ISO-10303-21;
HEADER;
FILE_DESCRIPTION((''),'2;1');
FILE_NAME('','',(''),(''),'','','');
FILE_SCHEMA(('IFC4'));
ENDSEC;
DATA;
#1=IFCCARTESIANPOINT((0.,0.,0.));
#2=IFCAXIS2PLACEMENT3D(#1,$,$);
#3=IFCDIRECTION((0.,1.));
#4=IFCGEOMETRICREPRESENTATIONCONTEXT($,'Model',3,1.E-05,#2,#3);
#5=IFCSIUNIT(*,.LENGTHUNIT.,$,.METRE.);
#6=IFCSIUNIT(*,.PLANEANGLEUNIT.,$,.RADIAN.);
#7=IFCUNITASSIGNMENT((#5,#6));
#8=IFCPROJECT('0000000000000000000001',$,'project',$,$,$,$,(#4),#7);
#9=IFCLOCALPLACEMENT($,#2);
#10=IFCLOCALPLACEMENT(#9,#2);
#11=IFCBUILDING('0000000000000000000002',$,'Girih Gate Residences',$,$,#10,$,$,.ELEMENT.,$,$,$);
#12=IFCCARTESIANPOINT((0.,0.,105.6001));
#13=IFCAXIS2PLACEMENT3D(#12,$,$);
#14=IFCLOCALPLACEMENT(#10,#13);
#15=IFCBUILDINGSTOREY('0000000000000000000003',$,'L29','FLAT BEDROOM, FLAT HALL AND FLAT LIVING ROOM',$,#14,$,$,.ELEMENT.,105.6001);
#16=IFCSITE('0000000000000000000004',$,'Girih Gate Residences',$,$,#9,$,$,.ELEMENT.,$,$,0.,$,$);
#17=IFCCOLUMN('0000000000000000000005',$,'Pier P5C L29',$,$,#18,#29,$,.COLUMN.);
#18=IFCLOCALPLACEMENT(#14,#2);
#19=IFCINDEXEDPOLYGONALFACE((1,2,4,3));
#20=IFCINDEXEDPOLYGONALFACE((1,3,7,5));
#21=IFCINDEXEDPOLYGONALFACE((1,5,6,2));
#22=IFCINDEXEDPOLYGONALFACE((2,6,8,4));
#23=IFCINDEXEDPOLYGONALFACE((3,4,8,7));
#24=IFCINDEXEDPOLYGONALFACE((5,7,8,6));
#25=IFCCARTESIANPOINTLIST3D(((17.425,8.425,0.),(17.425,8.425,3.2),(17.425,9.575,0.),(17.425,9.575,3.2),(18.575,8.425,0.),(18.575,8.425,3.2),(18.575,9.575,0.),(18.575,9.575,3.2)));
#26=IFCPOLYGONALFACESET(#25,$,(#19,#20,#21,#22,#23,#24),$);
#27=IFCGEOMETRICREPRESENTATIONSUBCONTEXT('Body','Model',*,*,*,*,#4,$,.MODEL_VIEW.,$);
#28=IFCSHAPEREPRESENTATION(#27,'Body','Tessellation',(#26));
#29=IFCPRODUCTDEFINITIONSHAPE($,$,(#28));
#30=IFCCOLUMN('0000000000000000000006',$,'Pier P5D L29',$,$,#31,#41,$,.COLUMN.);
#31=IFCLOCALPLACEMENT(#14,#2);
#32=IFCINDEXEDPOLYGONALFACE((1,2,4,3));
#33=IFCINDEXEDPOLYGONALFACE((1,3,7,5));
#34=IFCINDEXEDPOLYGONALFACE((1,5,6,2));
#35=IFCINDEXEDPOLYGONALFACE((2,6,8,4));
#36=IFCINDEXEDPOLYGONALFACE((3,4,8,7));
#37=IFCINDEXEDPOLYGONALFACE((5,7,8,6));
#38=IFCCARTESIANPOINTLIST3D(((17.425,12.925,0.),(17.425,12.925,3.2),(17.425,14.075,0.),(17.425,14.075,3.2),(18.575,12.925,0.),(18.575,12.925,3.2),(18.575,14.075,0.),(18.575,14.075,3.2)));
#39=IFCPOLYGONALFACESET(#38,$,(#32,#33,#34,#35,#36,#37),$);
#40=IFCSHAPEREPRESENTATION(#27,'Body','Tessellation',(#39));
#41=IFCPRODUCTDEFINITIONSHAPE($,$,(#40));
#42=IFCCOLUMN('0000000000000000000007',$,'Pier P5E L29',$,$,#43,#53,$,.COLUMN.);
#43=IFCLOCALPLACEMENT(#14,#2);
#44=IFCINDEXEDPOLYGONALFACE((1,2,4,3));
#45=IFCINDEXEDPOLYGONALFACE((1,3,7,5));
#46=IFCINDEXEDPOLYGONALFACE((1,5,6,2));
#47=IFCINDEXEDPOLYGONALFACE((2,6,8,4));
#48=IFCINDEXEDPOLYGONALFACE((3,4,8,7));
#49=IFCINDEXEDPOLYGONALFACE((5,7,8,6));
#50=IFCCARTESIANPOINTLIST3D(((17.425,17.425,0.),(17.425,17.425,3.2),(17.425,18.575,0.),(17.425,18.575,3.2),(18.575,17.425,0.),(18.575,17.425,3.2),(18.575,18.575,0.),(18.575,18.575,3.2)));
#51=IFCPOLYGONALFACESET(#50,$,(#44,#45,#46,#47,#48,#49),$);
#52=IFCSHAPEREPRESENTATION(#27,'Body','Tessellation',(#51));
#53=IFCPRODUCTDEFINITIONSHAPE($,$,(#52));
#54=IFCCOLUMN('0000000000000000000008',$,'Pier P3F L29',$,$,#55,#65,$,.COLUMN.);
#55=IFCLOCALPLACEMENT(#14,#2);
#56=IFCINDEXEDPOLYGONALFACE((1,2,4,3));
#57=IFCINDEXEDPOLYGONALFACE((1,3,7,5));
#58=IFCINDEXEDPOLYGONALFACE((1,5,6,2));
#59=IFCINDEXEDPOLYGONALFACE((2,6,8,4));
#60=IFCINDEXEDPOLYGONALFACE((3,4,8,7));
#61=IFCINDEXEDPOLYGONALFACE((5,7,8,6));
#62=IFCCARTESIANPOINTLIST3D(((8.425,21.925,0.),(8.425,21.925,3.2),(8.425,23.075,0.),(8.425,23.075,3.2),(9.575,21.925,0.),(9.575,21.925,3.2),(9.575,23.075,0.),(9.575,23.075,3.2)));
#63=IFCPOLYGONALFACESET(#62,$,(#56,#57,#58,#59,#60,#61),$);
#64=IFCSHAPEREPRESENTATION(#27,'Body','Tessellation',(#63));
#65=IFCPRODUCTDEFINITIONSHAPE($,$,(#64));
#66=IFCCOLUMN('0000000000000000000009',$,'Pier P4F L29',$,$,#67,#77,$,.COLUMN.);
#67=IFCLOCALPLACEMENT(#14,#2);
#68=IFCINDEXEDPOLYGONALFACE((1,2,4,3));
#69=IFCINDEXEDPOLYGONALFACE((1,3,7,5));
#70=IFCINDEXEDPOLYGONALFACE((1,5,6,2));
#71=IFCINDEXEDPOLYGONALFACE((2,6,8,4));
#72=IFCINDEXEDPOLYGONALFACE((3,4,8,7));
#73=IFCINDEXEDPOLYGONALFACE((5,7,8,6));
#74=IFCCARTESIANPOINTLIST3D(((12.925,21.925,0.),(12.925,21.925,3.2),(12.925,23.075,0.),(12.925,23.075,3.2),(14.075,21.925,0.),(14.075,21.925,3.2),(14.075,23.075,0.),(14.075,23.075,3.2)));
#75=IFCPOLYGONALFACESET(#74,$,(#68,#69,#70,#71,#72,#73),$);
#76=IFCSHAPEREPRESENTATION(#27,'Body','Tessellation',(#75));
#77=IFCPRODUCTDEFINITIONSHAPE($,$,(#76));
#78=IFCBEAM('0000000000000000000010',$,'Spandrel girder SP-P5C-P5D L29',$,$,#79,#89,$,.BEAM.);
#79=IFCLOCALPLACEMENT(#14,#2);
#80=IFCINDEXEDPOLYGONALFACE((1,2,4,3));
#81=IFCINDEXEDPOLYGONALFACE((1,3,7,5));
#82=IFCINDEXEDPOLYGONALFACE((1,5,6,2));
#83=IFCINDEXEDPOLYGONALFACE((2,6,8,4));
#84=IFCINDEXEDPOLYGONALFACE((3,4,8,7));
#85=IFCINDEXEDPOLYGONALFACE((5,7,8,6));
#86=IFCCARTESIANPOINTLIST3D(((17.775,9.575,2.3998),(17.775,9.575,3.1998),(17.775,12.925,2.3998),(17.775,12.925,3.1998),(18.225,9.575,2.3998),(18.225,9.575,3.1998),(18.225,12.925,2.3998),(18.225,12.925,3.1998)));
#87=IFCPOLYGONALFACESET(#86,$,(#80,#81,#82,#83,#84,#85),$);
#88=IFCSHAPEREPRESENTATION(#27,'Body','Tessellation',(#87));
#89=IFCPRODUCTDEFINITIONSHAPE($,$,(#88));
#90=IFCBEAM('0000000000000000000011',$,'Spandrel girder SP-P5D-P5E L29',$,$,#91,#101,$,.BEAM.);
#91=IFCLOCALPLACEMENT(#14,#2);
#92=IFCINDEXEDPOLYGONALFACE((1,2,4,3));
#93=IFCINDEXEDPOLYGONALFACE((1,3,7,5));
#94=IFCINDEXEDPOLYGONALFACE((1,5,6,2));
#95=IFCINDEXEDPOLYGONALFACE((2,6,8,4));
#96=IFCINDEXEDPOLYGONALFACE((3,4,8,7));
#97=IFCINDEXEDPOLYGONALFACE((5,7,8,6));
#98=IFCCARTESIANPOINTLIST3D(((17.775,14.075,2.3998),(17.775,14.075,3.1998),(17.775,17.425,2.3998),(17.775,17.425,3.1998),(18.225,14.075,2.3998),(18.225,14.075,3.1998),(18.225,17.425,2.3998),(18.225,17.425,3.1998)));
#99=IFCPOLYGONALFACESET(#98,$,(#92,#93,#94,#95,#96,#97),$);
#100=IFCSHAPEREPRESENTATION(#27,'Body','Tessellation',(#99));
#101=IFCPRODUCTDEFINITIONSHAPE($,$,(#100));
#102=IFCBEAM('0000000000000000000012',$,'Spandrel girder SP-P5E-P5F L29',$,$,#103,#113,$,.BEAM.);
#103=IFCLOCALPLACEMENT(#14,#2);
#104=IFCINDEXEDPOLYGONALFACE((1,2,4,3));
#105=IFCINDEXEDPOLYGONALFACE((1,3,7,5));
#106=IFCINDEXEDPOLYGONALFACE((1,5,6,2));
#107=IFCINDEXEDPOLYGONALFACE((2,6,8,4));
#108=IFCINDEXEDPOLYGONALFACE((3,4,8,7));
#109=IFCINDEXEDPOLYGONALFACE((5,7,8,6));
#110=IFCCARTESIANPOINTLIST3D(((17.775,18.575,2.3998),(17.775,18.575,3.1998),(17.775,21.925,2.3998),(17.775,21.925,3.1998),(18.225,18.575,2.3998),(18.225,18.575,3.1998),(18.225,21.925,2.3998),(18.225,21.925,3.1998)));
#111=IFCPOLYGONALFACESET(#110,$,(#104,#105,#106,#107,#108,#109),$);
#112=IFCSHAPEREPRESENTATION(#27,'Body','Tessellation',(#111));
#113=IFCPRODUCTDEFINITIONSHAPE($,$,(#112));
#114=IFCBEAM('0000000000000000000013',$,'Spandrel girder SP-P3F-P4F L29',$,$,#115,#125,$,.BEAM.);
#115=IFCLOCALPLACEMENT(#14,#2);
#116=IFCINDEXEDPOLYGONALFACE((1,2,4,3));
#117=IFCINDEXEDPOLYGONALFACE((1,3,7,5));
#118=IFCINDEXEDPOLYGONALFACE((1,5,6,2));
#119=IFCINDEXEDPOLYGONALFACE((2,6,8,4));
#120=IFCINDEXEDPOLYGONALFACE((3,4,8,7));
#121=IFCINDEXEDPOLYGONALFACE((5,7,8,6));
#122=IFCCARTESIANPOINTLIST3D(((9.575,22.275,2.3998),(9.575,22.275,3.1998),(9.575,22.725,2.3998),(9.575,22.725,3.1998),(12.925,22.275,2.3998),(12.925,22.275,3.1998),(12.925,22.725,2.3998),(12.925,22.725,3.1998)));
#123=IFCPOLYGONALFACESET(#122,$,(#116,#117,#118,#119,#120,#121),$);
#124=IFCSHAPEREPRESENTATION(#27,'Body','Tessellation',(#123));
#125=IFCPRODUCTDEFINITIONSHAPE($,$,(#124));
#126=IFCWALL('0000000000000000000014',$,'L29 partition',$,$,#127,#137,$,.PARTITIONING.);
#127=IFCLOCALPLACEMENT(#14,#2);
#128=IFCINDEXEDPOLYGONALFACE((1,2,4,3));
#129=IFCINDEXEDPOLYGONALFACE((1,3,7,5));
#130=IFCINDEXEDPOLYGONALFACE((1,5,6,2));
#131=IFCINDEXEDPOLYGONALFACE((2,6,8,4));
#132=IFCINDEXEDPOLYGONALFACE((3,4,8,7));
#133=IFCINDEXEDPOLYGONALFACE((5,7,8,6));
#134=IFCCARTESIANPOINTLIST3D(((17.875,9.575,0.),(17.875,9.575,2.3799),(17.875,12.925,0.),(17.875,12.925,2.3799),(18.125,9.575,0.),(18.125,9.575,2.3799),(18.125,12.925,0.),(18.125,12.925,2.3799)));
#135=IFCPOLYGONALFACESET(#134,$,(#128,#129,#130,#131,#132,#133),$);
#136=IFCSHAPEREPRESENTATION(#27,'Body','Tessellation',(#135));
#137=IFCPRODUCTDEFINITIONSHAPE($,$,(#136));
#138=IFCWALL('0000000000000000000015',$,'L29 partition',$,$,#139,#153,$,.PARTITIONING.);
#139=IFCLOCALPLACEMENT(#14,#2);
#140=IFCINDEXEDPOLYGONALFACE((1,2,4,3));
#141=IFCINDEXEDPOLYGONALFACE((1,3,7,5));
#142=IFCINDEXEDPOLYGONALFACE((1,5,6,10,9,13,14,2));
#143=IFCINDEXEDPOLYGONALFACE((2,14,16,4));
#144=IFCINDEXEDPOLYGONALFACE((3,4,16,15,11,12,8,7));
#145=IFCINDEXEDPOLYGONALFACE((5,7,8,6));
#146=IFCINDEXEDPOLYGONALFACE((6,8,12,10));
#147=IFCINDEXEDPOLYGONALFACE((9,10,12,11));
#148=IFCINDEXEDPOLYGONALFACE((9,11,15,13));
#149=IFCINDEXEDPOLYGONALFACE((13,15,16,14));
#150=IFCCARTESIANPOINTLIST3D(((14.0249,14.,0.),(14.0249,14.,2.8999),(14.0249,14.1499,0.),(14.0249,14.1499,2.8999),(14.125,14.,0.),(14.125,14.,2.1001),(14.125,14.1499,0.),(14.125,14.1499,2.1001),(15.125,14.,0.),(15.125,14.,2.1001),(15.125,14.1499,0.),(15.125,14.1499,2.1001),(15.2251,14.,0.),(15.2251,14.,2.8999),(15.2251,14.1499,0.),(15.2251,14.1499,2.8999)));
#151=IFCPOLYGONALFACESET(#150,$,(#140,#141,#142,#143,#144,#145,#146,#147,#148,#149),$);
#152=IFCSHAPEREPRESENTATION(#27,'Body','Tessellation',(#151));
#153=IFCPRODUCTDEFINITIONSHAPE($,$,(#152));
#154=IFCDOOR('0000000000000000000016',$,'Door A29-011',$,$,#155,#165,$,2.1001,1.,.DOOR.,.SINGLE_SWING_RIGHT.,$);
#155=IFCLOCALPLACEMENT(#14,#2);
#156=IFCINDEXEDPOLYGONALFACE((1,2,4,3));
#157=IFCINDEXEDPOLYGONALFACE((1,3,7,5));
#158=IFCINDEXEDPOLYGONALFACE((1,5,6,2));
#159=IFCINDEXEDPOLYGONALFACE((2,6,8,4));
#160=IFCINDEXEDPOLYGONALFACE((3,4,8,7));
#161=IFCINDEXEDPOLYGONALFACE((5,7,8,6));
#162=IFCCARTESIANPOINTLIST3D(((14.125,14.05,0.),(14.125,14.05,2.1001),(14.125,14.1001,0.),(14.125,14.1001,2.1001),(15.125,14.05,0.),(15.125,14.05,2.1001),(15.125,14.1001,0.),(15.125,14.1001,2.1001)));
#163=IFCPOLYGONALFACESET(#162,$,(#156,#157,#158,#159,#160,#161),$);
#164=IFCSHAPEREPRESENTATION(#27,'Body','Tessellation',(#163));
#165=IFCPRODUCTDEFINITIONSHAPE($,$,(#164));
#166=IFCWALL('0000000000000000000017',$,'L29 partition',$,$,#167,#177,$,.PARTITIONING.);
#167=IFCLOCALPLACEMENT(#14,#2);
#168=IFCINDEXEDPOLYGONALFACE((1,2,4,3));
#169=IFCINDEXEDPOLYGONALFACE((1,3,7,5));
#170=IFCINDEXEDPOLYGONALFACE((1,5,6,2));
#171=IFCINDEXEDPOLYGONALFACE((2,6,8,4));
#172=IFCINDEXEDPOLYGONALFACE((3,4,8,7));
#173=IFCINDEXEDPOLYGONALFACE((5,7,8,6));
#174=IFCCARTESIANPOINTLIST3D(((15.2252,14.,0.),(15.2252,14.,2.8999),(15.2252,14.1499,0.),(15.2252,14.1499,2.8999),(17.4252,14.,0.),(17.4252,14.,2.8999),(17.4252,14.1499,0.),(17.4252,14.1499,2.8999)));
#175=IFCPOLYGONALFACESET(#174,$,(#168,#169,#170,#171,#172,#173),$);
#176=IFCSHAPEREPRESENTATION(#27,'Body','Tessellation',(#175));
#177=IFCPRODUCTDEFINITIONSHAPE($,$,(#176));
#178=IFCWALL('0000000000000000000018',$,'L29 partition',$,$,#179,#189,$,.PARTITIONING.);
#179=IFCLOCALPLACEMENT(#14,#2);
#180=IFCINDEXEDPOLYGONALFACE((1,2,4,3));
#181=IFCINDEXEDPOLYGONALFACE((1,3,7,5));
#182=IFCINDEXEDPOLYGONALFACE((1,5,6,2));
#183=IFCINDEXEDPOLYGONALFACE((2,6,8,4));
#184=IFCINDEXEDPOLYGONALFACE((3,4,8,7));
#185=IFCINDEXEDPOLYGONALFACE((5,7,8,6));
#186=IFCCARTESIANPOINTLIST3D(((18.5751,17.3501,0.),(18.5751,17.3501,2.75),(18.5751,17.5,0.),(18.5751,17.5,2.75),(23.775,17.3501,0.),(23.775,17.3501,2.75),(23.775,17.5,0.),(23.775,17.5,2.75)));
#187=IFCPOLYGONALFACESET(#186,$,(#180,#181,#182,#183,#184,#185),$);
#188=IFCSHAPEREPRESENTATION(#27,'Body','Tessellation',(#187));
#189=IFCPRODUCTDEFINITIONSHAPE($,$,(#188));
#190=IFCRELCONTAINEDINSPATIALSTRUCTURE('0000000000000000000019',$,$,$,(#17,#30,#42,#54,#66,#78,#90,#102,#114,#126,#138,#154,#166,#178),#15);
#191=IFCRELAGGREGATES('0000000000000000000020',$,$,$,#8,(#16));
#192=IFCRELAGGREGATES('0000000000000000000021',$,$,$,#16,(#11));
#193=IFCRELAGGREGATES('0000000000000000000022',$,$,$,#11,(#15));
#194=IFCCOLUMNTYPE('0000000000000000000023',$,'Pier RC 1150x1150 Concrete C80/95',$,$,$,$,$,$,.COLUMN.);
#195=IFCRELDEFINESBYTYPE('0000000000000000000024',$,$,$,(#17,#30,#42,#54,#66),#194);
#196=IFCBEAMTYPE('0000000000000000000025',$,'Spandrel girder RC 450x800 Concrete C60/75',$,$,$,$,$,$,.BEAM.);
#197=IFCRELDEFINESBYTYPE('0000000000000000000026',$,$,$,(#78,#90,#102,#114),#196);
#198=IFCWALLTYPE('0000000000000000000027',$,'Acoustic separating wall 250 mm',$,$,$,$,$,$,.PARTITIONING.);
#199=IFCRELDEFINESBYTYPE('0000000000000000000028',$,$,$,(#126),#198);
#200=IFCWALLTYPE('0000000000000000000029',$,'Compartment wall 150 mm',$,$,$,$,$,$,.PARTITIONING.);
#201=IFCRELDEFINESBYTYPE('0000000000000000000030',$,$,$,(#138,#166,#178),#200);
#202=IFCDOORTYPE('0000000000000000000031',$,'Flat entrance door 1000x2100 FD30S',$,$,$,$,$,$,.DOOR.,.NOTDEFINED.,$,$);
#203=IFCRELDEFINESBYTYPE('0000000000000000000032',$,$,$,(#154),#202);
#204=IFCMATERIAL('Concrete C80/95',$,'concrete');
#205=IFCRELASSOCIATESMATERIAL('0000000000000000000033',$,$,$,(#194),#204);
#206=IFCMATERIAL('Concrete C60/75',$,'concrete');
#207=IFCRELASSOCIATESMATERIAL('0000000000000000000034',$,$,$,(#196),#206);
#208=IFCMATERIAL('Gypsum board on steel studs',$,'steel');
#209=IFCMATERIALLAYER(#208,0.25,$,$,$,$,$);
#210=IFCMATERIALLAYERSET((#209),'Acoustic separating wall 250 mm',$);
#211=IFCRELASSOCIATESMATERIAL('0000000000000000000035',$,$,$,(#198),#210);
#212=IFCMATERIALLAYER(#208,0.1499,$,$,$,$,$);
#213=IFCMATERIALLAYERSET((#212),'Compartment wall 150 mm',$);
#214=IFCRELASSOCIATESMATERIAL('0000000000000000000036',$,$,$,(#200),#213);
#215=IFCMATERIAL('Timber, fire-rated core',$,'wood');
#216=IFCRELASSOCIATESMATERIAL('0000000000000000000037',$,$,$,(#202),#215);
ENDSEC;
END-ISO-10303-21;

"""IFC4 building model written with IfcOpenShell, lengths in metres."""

from ifc_helpers import new_model, si_unit, direction, frame, frame_2d, origin, origin_2d, place, context, subcontext, project, spatial, rectangle, extrude, material, layer, layer_set, material_profile, profile_set, type_object, element, fill, save


model = new_model("IFC4")

# Units and contexts
model_context = context("Model", 3, precision=1e-05, world=origin(), true_north=direction((0.0, 1.0)))
body_context = subcontext(model_context, "Body", "Model", "MODEL_VIEW")
ifc_project = project(units=[si_unit("LENGTHUNIT", "METRE"), si_unit("PLANEANGLEUNIT", "RADIAN")], contexts=[model_context])

# Site, building, storey
site_placement = place(None, origin())
site = spatial("IfcSite", under=ifc_project, at=site_placement, Name="Girih Gate Residences", CompositionType="ELEMENT", RefElevation=0.0)
building_placement = place(site_placement, origin())
building = spatial("IfcBuilding", under=site, at=building_placement, Name="Girih Gate Residences", CompositionType="ELEMENT")
storey_placement = place(building_placement, frame((0.0, 0.0, 105.6001)))
storey = spatial("IfcBuildingStorey", under=building, at=storey_placement, Name="L29", Description="FLAT BEDROOM, FLAT HALL AND FLAT LIVING ROOM", CompositionType="ELEMENT", Elevation=105.6001)

# Columns
ifc_material_1 = material(Name="Concrete C80/95", Category="concrete")
ifc_material_profile_1 = material_profile(ifc_material_1, rectangle(XDim=1.1499, YDim=1.1499, at=origin_2d()))
ifc_profile_set_1 = profile_set([ifc_material_profile_1], Name="Concrete C80/95")
column_type = type_object("IfcColumnType", Name="Pier RC 1150x1150 Concrete C80/95", PredefinedType="COLUMN", material=ifc_profile_set_1)
for number, where, z_axis, x_axis, name in (
    (1, (18.0, 9.0, 0.0), (0.0, 0.0, 1.0), (1.0, 0.0, 0.0), "Pier P5C L29"),
    (2, (18.0, 13.5, 0.0), (0.0, 0.0, 1.0), (1.0, 0.0, 0.0), "Pier P5D L29"),
    (3, (18.0, 18.0, 0.0), (0.0, 0.0, 1.0), (1.0, 0.0, 0.0), "Pier P5E L29"),
    (4, (9.0, 22.5, 0.0), (0.0, 0.0, 1.0), (1.0, 0.0, 0.0), "Pier P3F L29"),
    (5, (13.5, 22.5, 0.0), (0.0, 0.0, 1.0), (1.0, 0.0, 0.0), "Pier P4F L29"),
):
    element("IfcColumn", number, at=place(storey_placement, frame(where, z_axis=z_axis, x_axis=x_axis)), inside=storey, type_object=column_type, Name=name, PredefinedType="COLUMN", context=body_context, shape_type="SweptSolid", body=[
        extrude(rectangle(XDim=1.1499, YDim=1.1499, at=origin_2d()), origin(), (0.0, 0.0, 1.0), 3.2),
    ])

# Beams
ifc_material_2 = material(Name="Concrete C60/75", Category="concrete")
ifc_material_profile_2 = material_profile(ifc_material_2, rectangle(XDim=0.45, YDim=0.8, at=origin_2d()))
ifc_profile_set_2 = profile_set([ifc_material_profile_2], Name="Concrete C60/75")
beam_type = type_object("IfcBeamType", Name="Spandrel girder RC 450x800 Concrete C60/75", PredefinedType="BEAM", material=ifc_profile_set_2)
for number, where, z_axis, x_axis, name in (
    (6, (18.0, 9.575, 2.7998), (0.0, 1.0, 0.0), (-1.0, 0.0, 0.0), "Spandrel girder SP-P5C-P5D L29"),
    (7, (18.0, 14.075, 2.7998), (0.0, 1.0, 0.0), (-1.0, 0.0, 0.0), "Spandrel girder SP-P5D-P5E L29"),
    (8, (18.0, 18.575, 2.7998), (0.0, 1.0, 0.0), (-1.0, 0.0, 0.0), "Spandrel girder SP-P5E-P5F L29"),
    (9, (9.575, 22.5, 2.7998), (1.0, 0.0, 0.0), (0.0, 1.0, 0.0), "Spandrel girder SP-P3F-P4F L29"),
):
    element("IfcBeam", number, at=place(storey_placement, frame(where, z_axis=z_axis, x_axis=x_axis)), inside=storey, type_object=beam_type, Name=name, PredefinedType="BEAM", context=body_context, shape_type="SweptSolid", body=[
        extrude(rectangle(XDim=0.45, YDim=0.8, at=origin_2d()), origin(), (0.0, 0.0, 1.0), 3.3501),
    ])

# Wall
ifc_material_3 = material(Name="Gypsum board on steel studs", Category="steel")
ifc_layer_1 = layer(ifc_material_3, 0.25)
ifc_layer_set_1 = layer_set([ifc_layer_1], Name="Acoustic separating wall 250 mm")
wall_type_1 = type_object("IfcWallType", Name="Acoustic separating wall 250 mm", PredefinedType="PARTITIONING", material=ifc_layer_set_1)
wall_1_placement = place(storey_placement, frame((18.0, 9.575, 0.0), z_axis=(0.0, 0.0, 1.0), x_axis=(0.0, 1.0, 0.0)))
element("IfcWall", 10, at=wall_1_placement, inside=storey, type_object=wall_type_1, Name="L29 partition", PredefinedType="PARTITIONING", context=body_context, shape_type="SweptSolid", body=[
    extrude(rectangle(XDim=3.3501, YDim=0.25, at=frame_2d((1.675, 0.0))), origin(), (0.0, 0.0, 1.0), 2.3799),
])

# Wall, opening, door
ifc_layer_2 = layer(ifc_material_3, 0.1499)
ifc_layer_set_2 = layer_set([ifc_layer_2], Name="Compartment wall 150 mm")
wall_type_2 = type_object("IfcWallType", Name="Compartment wall 150 mm", PredefinedType="PARTITIONING", material=ifc_layer_set_2)
wall_2_placement = place(storey_placement, frame((15.2251, 14.075, 0.0), z_axis=(0.0, 0.0, 1.0), x_axis=(-1.0, 0.0, 0.0)))
wall_2 = element("IfcWall", 11, at=wall_2_placement, inside=storey, type_object=wall_type_2, Name="L29 partition", PredefinedType="PARTITIONING", context=body_context, shape_type="SweptSolid", body=[
    extrude(rectangle(XDim=1.2002, YDim=0.1499, at=frame_2d((0.6001, 0.0))), origin(), (0.0, 0.0, 1.0), 2.8999),
])
opening_1_placement = place(wall_2_placement, frame((0.1001, 0.0, 0.0)))
opening_1 = element("IfcOpeningElement", 12, at=opening_1_placement, cuts=wall_2, PredefinedType="OPENING", context=body_context, shape_type="SweptSolid", body=[
    extrude(rectangle(XDim=1.0, YDim=2.1001, at=frame_2d((0.5, 1.05))), frame((0.0, 0.085, 0.0), z_axis=(0.0, -1.0, 0.0), x_axis=(1.0, 0.0, 0.0)), (0.0, 0.0, 1.0), 0.1699),
])
ifc_material_4 = material(Name="Timber, fire-rated core", Category="wood")
door_type_1 = type_object("IfcDoorType", Name="Flat entrance door 1000x2100 FD30S", OperationType="NOTDEFINED", PredefinedType="DOOR", material=ifc_material_4)
door_1_placement = place(opening_1_placement, origin())
door_1 = element("IfcDoor", 13, at=door_1_placement, inside=storey, type_object=door_type_1, Name="Door A29-011", OperationType="SINGLE_SWING_RIGHT", OverallHeight=2.1001, OverallWidth=1.0, PredefinedType="DOOR", context=body_context, shape_type="SweptSolid", body=[
    extrude(rectangle(XDim=1.0, YDim=2.1001, at=frame_2d((0.5, 1.05))), frame((0.0, 0.0249, 0.0), z_axis=(0.0, -1.0, 0.0), x_axis=(1.0, 0.0, 0.0)), (0.0, 0.0, 1.0), 0.05),
])
fill(opening_1, door_1)

# Walls
wall_3_placement = place(storey_placement, frame((15.2251, 14.075, 0.0), z_axis=(0.0, 0.0, 1.0), x_axis=(1.0, 0.0, 0.0)))
element("IfcWall", 14, at=wall_3_placement, inside=storey, type_object=wall_type_2, Name="L29 partition", PredefinedType="PARTITIONING", context=body_context, shape_type="SweptSolid", body=[
    extrude(rectangle(XDim=2.2, YDim=0.1499, at=frame_2d((1.1001, 0.0))), origin(), (0.0, 0.0, 1.0), 2.8999),
])
wall_4_placement = place(storey_placement, frame((18.575, 17.425, 0.0), z_axis=(0.0, 0.0, 1.0), x_axis=(1.0, 0.0, 0.0)))
element("IfcWall", 15, at=wall_4_placement, inside=storey, type_object=wall_type_2, Name="L29 partition", PredefinedType="PARTITIONING", context=body_context, shape_type="SweptSolid", body=[
    extrude(rectangle(XDim=5.2, YDim=0.1499, at=frame_2d((2.6001, 0.0))), origin(), (0.0, 0.0, 1.0), 2.75),
])

save(model, "model.ifc")
